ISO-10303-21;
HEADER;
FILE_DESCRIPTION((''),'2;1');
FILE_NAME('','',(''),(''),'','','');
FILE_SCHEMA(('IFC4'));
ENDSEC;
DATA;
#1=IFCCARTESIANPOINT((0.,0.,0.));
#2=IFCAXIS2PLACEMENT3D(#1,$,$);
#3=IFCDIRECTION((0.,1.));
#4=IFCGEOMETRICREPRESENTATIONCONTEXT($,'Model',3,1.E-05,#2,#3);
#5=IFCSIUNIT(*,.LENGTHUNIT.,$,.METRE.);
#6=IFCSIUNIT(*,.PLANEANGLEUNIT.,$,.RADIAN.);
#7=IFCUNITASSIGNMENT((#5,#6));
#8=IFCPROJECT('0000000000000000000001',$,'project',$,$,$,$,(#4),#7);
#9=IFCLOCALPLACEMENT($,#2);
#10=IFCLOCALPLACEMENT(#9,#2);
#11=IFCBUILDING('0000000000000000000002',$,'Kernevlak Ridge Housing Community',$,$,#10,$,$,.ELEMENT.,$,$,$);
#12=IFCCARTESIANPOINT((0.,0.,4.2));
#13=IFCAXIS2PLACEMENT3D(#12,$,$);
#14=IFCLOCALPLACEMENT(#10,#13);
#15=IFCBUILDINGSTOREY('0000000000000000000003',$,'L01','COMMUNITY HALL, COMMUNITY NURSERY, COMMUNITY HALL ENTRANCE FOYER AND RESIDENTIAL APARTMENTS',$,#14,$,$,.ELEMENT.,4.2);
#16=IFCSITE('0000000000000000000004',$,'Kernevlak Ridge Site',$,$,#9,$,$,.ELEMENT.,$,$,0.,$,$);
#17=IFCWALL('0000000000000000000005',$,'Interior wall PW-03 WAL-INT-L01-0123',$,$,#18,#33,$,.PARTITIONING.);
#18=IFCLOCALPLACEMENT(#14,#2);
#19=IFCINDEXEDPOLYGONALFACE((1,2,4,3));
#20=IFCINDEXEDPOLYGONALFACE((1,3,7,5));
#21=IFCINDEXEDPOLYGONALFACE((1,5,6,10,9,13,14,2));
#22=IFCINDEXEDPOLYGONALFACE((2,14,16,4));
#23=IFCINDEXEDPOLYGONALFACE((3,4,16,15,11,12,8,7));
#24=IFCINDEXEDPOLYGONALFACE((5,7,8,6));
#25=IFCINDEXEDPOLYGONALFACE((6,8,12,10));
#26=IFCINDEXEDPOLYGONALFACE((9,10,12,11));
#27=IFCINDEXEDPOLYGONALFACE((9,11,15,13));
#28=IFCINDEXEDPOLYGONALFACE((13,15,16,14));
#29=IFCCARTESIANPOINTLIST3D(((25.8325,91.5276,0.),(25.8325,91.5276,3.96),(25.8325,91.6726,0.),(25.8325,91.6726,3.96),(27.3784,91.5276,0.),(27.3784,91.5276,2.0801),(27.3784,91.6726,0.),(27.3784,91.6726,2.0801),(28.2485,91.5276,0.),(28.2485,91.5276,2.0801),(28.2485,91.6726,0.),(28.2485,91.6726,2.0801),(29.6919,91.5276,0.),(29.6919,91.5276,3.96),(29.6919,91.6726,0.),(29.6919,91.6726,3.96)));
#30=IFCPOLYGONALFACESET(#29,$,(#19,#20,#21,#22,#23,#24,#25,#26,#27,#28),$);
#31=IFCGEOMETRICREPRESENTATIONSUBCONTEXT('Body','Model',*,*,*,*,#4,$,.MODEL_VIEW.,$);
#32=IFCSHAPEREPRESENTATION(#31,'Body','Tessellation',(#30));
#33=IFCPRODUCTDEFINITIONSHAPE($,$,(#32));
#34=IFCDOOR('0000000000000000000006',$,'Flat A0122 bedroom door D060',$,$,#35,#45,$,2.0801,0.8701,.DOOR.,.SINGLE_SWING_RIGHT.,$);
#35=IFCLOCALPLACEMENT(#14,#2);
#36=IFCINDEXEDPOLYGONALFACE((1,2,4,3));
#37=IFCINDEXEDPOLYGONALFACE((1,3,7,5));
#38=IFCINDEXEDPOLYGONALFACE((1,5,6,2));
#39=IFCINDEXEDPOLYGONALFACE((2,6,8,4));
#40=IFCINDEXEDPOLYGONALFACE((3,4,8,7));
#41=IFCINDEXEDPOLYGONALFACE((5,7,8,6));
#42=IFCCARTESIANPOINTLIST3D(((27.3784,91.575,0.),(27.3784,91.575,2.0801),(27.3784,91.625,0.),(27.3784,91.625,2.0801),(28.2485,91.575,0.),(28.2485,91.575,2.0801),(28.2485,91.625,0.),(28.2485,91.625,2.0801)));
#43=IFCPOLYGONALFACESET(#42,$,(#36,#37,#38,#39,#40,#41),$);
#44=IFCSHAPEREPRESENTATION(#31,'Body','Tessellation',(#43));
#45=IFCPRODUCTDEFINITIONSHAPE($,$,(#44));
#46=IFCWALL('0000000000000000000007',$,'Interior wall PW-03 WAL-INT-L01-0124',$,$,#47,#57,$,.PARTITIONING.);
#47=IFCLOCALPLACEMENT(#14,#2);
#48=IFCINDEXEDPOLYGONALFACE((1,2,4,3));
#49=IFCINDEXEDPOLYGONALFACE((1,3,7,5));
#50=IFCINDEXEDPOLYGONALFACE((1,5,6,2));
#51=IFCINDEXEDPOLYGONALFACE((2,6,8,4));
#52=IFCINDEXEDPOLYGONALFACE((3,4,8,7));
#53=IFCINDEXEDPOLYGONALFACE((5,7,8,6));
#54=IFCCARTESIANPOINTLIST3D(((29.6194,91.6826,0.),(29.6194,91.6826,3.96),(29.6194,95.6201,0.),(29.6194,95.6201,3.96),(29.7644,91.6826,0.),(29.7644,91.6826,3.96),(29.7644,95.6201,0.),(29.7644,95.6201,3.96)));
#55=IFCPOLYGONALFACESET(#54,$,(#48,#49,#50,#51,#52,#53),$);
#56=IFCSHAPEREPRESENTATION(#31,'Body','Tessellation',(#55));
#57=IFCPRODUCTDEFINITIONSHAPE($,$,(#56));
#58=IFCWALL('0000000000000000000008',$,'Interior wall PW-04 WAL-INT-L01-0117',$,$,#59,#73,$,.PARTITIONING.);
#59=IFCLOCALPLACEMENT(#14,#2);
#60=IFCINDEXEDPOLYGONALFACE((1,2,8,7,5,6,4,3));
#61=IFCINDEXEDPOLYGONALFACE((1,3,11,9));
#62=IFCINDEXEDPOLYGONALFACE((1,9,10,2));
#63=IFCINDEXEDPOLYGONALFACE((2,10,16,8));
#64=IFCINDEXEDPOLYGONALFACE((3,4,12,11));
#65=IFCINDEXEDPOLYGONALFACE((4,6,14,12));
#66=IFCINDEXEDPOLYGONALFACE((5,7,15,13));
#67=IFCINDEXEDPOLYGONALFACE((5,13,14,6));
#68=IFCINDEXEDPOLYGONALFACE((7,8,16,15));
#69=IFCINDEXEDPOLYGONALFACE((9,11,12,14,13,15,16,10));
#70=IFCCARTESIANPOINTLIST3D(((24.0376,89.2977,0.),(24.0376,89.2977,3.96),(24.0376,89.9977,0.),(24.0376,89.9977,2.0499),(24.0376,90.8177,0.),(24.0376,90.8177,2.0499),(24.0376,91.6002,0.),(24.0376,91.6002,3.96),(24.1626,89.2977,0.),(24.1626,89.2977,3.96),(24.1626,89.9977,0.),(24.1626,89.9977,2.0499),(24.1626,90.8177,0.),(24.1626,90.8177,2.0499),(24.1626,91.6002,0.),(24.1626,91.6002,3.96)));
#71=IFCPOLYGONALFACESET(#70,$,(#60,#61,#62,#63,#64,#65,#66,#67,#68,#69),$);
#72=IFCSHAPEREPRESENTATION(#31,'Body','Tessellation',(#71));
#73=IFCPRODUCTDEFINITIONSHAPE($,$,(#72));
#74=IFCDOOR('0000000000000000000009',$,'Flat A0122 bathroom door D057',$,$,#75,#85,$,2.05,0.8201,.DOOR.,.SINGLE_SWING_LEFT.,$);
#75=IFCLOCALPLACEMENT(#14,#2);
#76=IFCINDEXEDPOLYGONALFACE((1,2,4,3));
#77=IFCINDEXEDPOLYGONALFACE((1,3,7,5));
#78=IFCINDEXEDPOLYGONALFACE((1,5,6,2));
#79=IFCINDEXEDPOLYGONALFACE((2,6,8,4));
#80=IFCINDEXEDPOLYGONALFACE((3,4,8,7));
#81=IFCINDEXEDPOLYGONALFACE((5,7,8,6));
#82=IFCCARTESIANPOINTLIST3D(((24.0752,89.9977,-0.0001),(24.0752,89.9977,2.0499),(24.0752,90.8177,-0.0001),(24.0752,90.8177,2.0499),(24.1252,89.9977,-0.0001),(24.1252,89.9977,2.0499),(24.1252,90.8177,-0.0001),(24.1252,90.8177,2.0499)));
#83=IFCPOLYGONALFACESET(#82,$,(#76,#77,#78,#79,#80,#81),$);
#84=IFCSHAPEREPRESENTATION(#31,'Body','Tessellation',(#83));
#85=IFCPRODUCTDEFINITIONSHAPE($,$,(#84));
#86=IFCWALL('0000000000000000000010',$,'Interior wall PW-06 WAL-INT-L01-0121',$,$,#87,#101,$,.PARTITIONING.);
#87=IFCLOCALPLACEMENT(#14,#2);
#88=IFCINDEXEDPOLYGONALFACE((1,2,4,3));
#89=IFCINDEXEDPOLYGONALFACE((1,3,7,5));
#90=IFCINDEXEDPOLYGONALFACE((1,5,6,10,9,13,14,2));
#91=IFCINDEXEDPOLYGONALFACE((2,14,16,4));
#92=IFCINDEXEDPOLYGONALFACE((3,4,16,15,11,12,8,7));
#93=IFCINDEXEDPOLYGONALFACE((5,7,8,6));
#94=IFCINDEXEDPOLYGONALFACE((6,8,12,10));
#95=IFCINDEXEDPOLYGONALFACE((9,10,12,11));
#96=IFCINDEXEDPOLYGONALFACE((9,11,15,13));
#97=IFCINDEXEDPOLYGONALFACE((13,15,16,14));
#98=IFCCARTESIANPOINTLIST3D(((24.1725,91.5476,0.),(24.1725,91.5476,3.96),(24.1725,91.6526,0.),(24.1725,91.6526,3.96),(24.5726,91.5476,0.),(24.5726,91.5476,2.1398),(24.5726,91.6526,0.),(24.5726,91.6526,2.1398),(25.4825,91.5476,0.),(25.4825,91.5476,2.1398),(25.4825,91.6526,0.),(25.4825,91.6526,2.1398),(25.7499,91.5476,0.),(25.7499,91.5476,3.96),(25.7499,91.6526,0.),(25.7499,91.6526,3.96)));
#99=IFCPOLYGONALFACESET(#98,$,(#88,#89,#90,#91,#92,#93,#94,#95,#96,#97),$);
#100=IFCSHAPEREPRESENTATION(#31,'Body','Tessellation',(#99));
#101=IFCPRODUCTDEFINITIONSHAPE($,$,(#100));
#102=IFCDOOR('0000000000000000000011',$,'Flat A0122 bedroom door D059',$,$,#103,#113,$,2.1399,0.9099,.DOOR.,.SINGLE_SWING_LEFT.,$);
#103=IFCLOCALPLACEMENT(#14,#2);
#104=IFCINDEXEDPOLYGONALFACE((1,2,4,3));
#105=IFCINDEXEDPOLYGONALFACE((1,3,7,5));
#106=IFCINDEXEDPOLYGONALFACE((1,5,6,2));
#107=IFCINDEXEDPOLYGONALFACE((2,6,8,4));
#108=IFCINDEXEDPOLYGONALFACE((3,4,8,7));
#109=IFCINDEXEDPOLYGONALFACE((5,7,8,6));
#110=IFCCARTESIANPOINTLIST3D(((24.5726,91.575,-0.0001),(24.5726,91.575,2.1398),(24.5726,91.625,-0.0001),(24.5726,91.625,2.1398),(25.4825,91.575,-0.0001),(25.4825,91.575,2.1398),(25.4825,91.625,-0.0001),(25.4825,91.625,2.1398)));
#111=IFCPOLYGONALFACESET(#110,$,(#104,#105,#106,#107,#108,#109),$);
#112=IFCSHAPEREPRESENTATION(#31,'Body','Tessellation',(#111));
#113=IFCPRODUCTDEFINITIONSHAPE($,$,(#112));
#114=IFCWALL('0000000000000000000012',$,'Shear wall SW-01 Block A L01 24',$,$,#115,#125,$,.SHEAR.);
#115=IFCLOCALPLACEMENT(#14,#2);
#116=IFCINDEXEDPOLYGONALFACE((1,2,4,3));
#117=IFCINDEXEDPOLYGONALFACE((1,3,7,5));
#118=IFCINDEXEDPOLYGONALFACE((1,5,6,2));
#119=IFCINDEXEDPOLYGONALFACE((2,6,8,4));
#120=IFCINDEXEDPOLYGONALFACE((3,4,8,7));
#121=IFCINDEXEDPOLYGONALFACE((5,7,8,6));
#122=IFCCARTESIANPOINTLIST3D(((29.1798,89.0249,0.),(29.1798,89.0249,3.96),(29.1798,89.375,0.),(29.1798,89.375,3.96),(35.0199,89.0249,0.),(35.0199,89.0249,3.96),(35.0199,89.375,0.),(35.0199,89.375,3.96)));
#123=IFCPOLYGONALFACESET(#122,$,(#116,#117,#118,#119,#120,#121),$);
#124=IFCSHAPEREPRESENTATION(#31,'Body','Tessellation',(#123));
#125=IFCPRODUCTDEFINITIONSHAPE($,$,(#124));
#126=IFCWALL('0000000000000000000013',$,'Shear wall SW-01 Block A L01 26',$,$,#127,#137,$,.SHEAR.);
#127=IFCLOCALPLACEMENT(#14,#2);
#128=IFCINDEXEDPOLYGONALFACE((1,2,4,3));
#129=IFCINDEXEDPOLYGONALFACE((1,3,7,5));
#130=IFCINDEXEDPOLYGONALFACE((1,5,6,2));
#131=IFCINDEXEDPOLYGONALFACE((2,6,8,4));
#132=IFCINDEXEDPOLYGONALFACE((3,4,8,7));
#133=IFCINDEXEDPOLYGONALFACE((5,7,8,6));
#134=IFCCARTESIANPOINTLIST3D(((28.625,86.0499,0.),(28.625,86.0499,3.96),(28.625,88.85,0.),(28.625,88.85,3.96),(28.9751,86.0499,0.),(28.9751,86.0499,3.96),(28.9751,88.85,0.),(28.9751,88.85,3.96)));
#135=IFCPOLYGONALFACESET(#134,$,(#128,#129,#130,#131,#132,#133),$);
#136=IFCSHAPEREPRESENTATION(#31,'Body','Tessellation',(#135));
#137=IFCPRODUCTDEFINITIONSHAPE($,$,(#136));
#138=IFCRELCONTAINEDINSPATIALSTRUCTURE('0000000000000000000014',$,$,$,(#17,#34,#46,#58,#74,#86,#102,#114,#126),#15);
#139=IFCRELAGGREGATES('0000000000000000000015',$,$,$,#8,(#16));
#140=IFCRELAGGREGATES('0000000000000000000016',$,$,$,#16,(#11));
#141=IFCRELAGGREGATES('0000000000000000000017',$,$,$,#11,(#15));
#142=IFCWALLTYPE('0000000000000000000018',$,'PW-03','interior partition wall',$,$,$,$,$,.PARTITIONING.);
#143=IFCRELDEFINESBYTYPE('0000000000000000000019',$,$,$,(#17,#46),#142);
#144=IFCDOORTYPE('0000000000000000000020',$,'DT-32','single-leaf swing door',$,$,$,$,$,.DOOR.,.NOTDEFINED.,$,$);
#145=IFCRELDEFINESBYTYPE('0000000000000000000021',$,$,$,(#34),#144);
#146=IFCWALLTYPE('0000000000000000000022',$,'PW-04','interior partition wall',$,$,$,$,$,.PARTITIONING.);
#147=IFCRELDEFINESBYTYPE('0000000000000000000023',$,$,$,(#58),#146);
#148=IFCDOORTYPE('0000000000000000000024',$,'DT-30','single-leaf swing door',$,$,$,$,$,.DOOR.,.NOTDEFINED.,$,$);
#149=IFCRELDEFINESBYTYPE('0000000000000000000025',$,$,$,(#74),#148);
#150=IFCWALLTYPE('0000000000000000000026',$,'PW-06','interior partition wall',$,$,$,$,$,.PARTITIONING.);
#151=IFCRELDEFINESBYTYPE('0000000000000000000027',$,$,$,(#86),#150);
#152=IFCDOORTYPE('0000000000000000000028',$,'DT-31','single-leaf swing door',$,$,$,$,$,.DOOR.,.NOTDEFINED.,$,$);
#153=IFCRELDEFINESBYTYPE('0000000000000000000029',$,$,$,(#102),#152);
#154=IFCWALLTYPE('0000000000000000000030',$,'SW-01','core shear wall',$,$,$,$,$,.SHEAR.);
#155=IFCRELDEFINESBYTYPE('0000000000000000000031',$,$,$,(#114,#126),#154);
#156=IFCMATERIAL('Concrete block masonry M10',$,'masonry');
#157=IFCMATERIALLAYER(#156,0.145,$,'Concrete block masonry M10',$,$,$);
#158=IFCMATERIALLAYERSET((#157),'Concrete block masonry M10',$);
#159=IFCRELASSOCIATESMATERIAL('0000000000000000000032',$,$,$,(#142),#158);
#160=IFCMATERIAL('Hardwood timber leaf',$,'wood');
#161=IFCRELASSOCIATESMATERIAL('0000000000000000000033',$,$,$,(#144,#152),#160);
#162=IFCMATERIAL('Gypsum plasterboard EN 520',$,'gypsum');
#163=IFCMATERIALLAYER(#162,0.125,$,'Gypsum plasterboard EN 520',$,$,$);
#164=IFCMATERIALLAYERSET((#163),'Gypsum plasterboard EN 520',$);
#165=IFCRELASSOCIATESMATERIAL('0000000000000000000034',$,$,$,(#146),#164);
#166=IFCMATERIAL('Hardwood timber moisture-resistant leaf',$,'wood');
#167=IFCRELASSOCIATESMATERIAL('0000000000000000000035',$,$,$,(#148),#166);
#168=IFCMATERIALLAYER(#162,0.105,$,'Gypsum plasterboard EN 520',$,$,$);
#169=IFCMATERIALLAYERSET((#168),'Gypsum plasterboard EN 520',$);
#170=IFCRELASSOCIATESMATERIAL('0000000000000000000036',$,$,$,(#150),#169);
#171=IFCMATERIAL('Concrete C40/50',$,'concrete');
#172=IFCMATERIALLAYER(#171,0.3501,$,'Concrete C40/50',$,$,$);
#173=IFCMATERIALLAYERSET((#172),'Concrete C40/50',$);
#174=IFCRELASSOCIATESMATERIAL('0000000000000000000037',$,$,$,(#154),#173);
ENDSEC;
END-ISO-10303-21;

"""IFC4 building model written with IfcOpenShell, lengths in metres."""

from ifc_helpers import new_model, si_unit, direction, frame, frame_2d, origin, place, context, subcontext, project, spatial, rectangle, extrude, material, layer, layer_set, type_object, element, fill, save


model = new_model("IFC4")

# Units and contexts
model_context = context("Model", 3, precision=1e-05, world=origin(), true_north=direction((0.0, 1.0)))
body_context = subcontext(model_context, "Body", "Model", "MODEL_VIEW")
ifc_project = project(units=[si_unit("LENGTHUNIT", "METRE"), si_unit("PLANEANGLEUNIT", "RADIAN")], contexts=[model_context])

# Site, building, storey
site_placement = place(None, origin())
site = spatial("IfcSite", under=ifc_project, at=site_placement, Name="Kernevlak Ridge Site", CompositionType="ELEMENT", RefElevation=0.0)
building_placement = place(site_placement, origin())
building = spatial("IfcBuilding", under=site, at=building_placement, Name="Kernevlak Ridge Housing Community", CompositionType="ELEMENT")
storey_placement = place(building_placement, frame((0.0, 0.0, 4.2)))
storey = spatial("IfcBuildingStorey", under=building, at=storey_placement, Name="L01", Description="COMMUNITY HALL, COMMUNITY NURSERY, COMMUNITY HALL ENTRANCE FOYER AND RESIDENTIAL APARTMENTS", CompositionType="ELEMENT", Elevation=4.2)

# Shared definitions
ifc_material_1 = material(Name="Concrete C40/50", Category="concrete")

# Shared definitions
ifc_material_2 = material(Name="Concrete block masonry M10", Category="masonry")

# Shared definitions
ifc_layer_1 = layer(ifc_material_2, 0.145, Name="Concrete block masonry M10")
ifc_layer_set_1 = layer_set([ifc_layer_1], Name="Concrete block masonry M10")
wall_type_1 = type_object("IfcWallType", Name="PW-03", Description="interior partition wall", PredefinedType="PARTITIONING", material=ifc_layer_set_1)

# Wall, opening, door
wall_1_placement = place(storey_placement, frame((25.8325, 91.6001, 0.0), z_axis=(0.0, 0.0, 1.0), x_axis=(1.0, 0.0, 0.0)))
wall_1 = element("IfcWall", 1, at=wall_1_placement, inside=storey, type_object=wall_type_1, Name="Interior wall PW-03 WAL-INT-L01-0123", PredefinedType="PARTITIONING", context=body_context, shape_type="SweptSolid", body=[
    extrude(rectangle(XDim=3.8594, YDim=0.145, at=frame_2d((1.9297, 0.0))), origin(), (0.0, 0.0, 1.0), 3.96),
])
opening_1_placement = place(wall_1_placement, frame((1.5459, 0.0, 0.0)))
opening_1 = element("IfcOpeningElement", 2, at=opening_1_placement, cuts=wall_1, PredefinedType="OPENING", context=body_context, shape_type="SweptSolid", body=[
    extrude(rectangle(XDim=0.8701, YDim=2.0801, at=frame_2d((0.4351, 1.04))), frame((0.0, 0.0825, 0.0), z_axis=(0.0, -1.0, 0.0), x_axis=(1.0, 0.0, 0.0)), (0.0, 0.0, 1.0), 0.165),
])
ifc_material_3 = material(Name="Hardwood timber leaf", Category="wood")
door_type_1 = type_object("IfcDoorType", Name="DT-32", Description="single-leaf swing door", OperationType="NOTDEFINED", PredefinedType="DOOR", material=ifc_material_3)
door_1_placement = place(opening_1_placement, origin())
door_1 = element("IfcDoor", 3, at=door_1_placement, inside=storey, type_object=door_type_1, Name="Flat A0122 bedroom door D060", OperationType="SINGLE_SWING_RIGHT", OverallHeight=2.0801, OverallWidth=0.8701, PredefinedType="DOOR", context=body_context, shape_type="SweptSolid", body=[
    extrude(rectangle(XDim=0.8701, YDim=2.0801, at=frame_2d((0.4351, 1.04))), frame((0.0, 0.0249, 0.0), z_axis=(0.0, -1.0, 0.0), x_axis=(1.0, 0.0, 0.0)), (0.0, 0.0, 1.0), 0.05),
])
fill(opening_1, door_1)

# Wall
wall_2_placement = place(storey_placement, frame((29.6919, 91.6826, 0.0), z_axis=(0.0, 0.0, 1.0), x_axis=(0.0, 1.0, 0.0)))
element("IfcWall", 4, at=wall_2_placement, inside=storey, type_object=wall_type_1, Name="Interior wall PW-03 WAL-INT-L01-0124", PredefinedType="PARTITIONING", context=body_context, shape_type="SweptSolid", body=[
    extrude(rectangle(XDim=3.9375, YDim=0.145, at=frame_2d((1.9688, 0.0))), origin(), (0.0, 0.0, 1.0), 3.96),
])

# Walls, openings, doors
ifc_material_4 = material(Name="Gypsum plasterboard EN 520", Category="gypsum")
ifc_layer_2 = layer(ifc_material_4, 0.125, Name="Gypsum plasterboard EN 520")
ifc_layer_set_2 = layer_set([ifc_layer_2], Name="Gypsum plasterboard EN 520")
wall_type_2 = type_object("IfcWallType", Name="PW-04", Description="interior partition wall", PredefinedType="PARTITIONING", material=ifc_layer_set_2)
wall_3_placement = place(storey_placement, frame((24.1001, 89.2976, 0.0), z_axis=(0.0, 0.0, 1.0), x_axis=(0.0, 1.0, 0.0)))
wall_3 = element("IfcWall", 5, at=wall_3_placement, inside=storey, type_object=wall_type_2, Name="Interior wall PW-04 WAL-INT-L01-0117", PredefinedType="PARTITIONING", context=body_context, shape_type="SweptSolid", body=[
    extrude(rectangle(XDim=2.3025, YDim=0.125, at=frame_2d((1.1514, 0.0))), origin(), (0.0, 0.0, 1.0), 3.96),
])
opening_2_placement = place(wall_3_placement, frame((0.7, 0.0, 0.0)))
opening_2 = element("IfcOpeningElement", 6, at=opening_2_placement, cuts=wall_3, PredefinedType="OPENING", context=body_context, shape_type="SweptSolid", body=[
    extrude(rectangle(XDim=0.8201, YDim=2.05, at=frame_2d((0.4102, 1.0249))), frame((0.0, 0.0725, 0.0), z_axis=(0.0, -1.0, 0.0), x_axis=(1.0, 0.0, 0.0)), (0.0, 0.0, 1.0), 0.145),
])
ifc_material_5 = material(Name="Hardwood timber moisture-resistant leaf", Category="wood")
door_type_2 = type_object("IfcDoorType", Name="DT-30", Description="single-leaf swing door", OperationType="NOTDEFINED", PredefinedType="DOOR", material=ifc_material_5)
door_2_placement = place(opening_2_placement, origin())
door_2 = element("IfcDoor", 7, at=door_2_placement, inside=storey, type_object=door_type_2, Name="Flat A0122 bathroom door D057", OperationType="SINGLE_SWING_LEFT", OverallHeight=2.05, OverallWidth=0.8201, PredefinedType="DOOR", context=body_context, shape_type="SweptSolid", body=[
    extrude(rectangle(XDim=0.8201, YDim=2.05, at=frame_2d((0.4102, 1.0249))), frame((0.0, 0.0249, 0.0), z_axis=(0.0, -1.0, 0.0), x_axis=(1.0, 0.0, 0.0)), (0.0, 0.0, 1.0), 0.05),
])
fill(opening_2, door_2)
ifc_layer_3 = layer(ifc_material_4, 0.105, Name="Gypsum plasterboard EN 520")
ifc_layer_set_3 = layer_set([ifc_layer_3], Name="Gypsum plasterboard EN 520")
wall_type_3 = type_object("IfcWallType", Name="PW-06", Description="interior partition wall", PredefinedType="PARTITIONING", material=ifc_layer_set_3)
wall_4_placement = place(storey_placement, frame((24.1726, 91.6001, 0.0), z_axis=(0.0, 0.0, 1.0), x_axis=(1.0, 0.0, 0.0)))
wall_4 = element("IfcWall", 8, at=wall_4_placement, inside=storey, type_object=wall_type_3, Name="Interior wall PW-06 WAL-INT-L01-0121", PredefinedType="PARTITIONING", context=body_context, shape_type="SweptSolid", body=[
    extrude(rectangle(XDim=1.5774, YDim=0.105, at=frame_2d((0.7886, 0.0))), origin(), (0.0, 0.0, 1.0), 3.96),
])
opening_3_placement = place(wall_4_placement, frame((0.3999, 0.0, 0.0)))
opening_3 = element("IfcOpeningElement", 9, at=opening_3_placement, cuts=wall_4, PredefinedType="OPENING", context=body_context, shape_type="SweptSolid", body=[
    extrude(rectangle(XDim=0.9099, YDim=2.1399, at=frame_2d((0.4551, 1.0698))), frame((0.0, 0.0625, 0.0), z_axis=(0.0, -1.0, 0.0), x_axis=(1.0, 0.0, 0.0)), (0.0, 0.0, 1.0), 0.125),
])
door_type_3 = type_object("IfcDoorType", Name="DT-31", Description="single-leaf swing door", OperationType="NOTDEFINED", PredefinedType="DOOR", material=ifc_material_3)
door_3_placement = place(opening_3_placement, origin())
door_3 = element("IfcDoor", 10, at=door_3_placement, inside=storey, type_object=door_type_3, Name="Flat A0122 bedroom door D059", OperationType="SINGLE_SWING_LEFT", OverallHeight=2.1399, OverallWidth=0.9099, PredefinedType="DOOR", context=body_context, shape_type="SweptSolid", body=[
    extrude(rectangle(XDim=0.9099, YDim=2.1399, at=frame_2d((0.4551, 1.0698))), frame((0.0, 0.0249, 0.0), z_axis=(0.0, -1.0, 0.0), x_axis=(1.0, 0.0, 0.0)), (0.0, 0.0, 1.0), 0.05),
])
fill(opening_3, door_3)

# Walls
ifc_layer_4 = layer(ifc_material_1, 0.3501, Name="Concrete C40/50")
ifc_layer_set_4 = layer_set([ifc_layer_4], Name="Concrete C40/50")
wall_type_4 = type_object("IfcWallType", Name="SW-01", Description="core shear wall", PredefinedType="SHEAR", material=ifc_layer_set_4)
wall_5_placement = place(storey_placement, frame((29.1799, 89.2, 0.0), z_axis=(0.0, 0.0, 1.0), x_axis=(1.0, 0.0, 0.0)))
element("IfcWall", 11, at=wall_5_placement, inside=storey, type_object=wall_type_4, Name="Shear wall SW-01 Block A L01 24", PredefinedType="SHEAR", context=body_context, shape_type="SweptSolid", body=[
    extrude(rectangle(XDim=5.8401, YDim=0.3501, at=frame_2d((2.9199, 0.0))), origin(), (0.0, 0.0, 1.0), 3.96),
])
wall_6_placement = place(storey_placement, frame((28.8, 86.05, 0.0), z_axis=(0.0, 0.0, 1.0), x_axis=(0.0, 1.0, 0.0)))
element("IfcWall", 12, at=wall_6_placement, inside=storey, type_object=wall_type_4, Name="Shear wall SW-01 Block A L01 26", PredefinedType="SHEAR", context=body_context, shape_type="SweptSolid", body=[
    extrude(rectangle(XDim=2.8, YDim=0.3501, at=frame_2d((1.3999, 0.0))), origin(), (0.0, 0.0, 1.0), 3.96),
])

save(model, "model.ifc")
